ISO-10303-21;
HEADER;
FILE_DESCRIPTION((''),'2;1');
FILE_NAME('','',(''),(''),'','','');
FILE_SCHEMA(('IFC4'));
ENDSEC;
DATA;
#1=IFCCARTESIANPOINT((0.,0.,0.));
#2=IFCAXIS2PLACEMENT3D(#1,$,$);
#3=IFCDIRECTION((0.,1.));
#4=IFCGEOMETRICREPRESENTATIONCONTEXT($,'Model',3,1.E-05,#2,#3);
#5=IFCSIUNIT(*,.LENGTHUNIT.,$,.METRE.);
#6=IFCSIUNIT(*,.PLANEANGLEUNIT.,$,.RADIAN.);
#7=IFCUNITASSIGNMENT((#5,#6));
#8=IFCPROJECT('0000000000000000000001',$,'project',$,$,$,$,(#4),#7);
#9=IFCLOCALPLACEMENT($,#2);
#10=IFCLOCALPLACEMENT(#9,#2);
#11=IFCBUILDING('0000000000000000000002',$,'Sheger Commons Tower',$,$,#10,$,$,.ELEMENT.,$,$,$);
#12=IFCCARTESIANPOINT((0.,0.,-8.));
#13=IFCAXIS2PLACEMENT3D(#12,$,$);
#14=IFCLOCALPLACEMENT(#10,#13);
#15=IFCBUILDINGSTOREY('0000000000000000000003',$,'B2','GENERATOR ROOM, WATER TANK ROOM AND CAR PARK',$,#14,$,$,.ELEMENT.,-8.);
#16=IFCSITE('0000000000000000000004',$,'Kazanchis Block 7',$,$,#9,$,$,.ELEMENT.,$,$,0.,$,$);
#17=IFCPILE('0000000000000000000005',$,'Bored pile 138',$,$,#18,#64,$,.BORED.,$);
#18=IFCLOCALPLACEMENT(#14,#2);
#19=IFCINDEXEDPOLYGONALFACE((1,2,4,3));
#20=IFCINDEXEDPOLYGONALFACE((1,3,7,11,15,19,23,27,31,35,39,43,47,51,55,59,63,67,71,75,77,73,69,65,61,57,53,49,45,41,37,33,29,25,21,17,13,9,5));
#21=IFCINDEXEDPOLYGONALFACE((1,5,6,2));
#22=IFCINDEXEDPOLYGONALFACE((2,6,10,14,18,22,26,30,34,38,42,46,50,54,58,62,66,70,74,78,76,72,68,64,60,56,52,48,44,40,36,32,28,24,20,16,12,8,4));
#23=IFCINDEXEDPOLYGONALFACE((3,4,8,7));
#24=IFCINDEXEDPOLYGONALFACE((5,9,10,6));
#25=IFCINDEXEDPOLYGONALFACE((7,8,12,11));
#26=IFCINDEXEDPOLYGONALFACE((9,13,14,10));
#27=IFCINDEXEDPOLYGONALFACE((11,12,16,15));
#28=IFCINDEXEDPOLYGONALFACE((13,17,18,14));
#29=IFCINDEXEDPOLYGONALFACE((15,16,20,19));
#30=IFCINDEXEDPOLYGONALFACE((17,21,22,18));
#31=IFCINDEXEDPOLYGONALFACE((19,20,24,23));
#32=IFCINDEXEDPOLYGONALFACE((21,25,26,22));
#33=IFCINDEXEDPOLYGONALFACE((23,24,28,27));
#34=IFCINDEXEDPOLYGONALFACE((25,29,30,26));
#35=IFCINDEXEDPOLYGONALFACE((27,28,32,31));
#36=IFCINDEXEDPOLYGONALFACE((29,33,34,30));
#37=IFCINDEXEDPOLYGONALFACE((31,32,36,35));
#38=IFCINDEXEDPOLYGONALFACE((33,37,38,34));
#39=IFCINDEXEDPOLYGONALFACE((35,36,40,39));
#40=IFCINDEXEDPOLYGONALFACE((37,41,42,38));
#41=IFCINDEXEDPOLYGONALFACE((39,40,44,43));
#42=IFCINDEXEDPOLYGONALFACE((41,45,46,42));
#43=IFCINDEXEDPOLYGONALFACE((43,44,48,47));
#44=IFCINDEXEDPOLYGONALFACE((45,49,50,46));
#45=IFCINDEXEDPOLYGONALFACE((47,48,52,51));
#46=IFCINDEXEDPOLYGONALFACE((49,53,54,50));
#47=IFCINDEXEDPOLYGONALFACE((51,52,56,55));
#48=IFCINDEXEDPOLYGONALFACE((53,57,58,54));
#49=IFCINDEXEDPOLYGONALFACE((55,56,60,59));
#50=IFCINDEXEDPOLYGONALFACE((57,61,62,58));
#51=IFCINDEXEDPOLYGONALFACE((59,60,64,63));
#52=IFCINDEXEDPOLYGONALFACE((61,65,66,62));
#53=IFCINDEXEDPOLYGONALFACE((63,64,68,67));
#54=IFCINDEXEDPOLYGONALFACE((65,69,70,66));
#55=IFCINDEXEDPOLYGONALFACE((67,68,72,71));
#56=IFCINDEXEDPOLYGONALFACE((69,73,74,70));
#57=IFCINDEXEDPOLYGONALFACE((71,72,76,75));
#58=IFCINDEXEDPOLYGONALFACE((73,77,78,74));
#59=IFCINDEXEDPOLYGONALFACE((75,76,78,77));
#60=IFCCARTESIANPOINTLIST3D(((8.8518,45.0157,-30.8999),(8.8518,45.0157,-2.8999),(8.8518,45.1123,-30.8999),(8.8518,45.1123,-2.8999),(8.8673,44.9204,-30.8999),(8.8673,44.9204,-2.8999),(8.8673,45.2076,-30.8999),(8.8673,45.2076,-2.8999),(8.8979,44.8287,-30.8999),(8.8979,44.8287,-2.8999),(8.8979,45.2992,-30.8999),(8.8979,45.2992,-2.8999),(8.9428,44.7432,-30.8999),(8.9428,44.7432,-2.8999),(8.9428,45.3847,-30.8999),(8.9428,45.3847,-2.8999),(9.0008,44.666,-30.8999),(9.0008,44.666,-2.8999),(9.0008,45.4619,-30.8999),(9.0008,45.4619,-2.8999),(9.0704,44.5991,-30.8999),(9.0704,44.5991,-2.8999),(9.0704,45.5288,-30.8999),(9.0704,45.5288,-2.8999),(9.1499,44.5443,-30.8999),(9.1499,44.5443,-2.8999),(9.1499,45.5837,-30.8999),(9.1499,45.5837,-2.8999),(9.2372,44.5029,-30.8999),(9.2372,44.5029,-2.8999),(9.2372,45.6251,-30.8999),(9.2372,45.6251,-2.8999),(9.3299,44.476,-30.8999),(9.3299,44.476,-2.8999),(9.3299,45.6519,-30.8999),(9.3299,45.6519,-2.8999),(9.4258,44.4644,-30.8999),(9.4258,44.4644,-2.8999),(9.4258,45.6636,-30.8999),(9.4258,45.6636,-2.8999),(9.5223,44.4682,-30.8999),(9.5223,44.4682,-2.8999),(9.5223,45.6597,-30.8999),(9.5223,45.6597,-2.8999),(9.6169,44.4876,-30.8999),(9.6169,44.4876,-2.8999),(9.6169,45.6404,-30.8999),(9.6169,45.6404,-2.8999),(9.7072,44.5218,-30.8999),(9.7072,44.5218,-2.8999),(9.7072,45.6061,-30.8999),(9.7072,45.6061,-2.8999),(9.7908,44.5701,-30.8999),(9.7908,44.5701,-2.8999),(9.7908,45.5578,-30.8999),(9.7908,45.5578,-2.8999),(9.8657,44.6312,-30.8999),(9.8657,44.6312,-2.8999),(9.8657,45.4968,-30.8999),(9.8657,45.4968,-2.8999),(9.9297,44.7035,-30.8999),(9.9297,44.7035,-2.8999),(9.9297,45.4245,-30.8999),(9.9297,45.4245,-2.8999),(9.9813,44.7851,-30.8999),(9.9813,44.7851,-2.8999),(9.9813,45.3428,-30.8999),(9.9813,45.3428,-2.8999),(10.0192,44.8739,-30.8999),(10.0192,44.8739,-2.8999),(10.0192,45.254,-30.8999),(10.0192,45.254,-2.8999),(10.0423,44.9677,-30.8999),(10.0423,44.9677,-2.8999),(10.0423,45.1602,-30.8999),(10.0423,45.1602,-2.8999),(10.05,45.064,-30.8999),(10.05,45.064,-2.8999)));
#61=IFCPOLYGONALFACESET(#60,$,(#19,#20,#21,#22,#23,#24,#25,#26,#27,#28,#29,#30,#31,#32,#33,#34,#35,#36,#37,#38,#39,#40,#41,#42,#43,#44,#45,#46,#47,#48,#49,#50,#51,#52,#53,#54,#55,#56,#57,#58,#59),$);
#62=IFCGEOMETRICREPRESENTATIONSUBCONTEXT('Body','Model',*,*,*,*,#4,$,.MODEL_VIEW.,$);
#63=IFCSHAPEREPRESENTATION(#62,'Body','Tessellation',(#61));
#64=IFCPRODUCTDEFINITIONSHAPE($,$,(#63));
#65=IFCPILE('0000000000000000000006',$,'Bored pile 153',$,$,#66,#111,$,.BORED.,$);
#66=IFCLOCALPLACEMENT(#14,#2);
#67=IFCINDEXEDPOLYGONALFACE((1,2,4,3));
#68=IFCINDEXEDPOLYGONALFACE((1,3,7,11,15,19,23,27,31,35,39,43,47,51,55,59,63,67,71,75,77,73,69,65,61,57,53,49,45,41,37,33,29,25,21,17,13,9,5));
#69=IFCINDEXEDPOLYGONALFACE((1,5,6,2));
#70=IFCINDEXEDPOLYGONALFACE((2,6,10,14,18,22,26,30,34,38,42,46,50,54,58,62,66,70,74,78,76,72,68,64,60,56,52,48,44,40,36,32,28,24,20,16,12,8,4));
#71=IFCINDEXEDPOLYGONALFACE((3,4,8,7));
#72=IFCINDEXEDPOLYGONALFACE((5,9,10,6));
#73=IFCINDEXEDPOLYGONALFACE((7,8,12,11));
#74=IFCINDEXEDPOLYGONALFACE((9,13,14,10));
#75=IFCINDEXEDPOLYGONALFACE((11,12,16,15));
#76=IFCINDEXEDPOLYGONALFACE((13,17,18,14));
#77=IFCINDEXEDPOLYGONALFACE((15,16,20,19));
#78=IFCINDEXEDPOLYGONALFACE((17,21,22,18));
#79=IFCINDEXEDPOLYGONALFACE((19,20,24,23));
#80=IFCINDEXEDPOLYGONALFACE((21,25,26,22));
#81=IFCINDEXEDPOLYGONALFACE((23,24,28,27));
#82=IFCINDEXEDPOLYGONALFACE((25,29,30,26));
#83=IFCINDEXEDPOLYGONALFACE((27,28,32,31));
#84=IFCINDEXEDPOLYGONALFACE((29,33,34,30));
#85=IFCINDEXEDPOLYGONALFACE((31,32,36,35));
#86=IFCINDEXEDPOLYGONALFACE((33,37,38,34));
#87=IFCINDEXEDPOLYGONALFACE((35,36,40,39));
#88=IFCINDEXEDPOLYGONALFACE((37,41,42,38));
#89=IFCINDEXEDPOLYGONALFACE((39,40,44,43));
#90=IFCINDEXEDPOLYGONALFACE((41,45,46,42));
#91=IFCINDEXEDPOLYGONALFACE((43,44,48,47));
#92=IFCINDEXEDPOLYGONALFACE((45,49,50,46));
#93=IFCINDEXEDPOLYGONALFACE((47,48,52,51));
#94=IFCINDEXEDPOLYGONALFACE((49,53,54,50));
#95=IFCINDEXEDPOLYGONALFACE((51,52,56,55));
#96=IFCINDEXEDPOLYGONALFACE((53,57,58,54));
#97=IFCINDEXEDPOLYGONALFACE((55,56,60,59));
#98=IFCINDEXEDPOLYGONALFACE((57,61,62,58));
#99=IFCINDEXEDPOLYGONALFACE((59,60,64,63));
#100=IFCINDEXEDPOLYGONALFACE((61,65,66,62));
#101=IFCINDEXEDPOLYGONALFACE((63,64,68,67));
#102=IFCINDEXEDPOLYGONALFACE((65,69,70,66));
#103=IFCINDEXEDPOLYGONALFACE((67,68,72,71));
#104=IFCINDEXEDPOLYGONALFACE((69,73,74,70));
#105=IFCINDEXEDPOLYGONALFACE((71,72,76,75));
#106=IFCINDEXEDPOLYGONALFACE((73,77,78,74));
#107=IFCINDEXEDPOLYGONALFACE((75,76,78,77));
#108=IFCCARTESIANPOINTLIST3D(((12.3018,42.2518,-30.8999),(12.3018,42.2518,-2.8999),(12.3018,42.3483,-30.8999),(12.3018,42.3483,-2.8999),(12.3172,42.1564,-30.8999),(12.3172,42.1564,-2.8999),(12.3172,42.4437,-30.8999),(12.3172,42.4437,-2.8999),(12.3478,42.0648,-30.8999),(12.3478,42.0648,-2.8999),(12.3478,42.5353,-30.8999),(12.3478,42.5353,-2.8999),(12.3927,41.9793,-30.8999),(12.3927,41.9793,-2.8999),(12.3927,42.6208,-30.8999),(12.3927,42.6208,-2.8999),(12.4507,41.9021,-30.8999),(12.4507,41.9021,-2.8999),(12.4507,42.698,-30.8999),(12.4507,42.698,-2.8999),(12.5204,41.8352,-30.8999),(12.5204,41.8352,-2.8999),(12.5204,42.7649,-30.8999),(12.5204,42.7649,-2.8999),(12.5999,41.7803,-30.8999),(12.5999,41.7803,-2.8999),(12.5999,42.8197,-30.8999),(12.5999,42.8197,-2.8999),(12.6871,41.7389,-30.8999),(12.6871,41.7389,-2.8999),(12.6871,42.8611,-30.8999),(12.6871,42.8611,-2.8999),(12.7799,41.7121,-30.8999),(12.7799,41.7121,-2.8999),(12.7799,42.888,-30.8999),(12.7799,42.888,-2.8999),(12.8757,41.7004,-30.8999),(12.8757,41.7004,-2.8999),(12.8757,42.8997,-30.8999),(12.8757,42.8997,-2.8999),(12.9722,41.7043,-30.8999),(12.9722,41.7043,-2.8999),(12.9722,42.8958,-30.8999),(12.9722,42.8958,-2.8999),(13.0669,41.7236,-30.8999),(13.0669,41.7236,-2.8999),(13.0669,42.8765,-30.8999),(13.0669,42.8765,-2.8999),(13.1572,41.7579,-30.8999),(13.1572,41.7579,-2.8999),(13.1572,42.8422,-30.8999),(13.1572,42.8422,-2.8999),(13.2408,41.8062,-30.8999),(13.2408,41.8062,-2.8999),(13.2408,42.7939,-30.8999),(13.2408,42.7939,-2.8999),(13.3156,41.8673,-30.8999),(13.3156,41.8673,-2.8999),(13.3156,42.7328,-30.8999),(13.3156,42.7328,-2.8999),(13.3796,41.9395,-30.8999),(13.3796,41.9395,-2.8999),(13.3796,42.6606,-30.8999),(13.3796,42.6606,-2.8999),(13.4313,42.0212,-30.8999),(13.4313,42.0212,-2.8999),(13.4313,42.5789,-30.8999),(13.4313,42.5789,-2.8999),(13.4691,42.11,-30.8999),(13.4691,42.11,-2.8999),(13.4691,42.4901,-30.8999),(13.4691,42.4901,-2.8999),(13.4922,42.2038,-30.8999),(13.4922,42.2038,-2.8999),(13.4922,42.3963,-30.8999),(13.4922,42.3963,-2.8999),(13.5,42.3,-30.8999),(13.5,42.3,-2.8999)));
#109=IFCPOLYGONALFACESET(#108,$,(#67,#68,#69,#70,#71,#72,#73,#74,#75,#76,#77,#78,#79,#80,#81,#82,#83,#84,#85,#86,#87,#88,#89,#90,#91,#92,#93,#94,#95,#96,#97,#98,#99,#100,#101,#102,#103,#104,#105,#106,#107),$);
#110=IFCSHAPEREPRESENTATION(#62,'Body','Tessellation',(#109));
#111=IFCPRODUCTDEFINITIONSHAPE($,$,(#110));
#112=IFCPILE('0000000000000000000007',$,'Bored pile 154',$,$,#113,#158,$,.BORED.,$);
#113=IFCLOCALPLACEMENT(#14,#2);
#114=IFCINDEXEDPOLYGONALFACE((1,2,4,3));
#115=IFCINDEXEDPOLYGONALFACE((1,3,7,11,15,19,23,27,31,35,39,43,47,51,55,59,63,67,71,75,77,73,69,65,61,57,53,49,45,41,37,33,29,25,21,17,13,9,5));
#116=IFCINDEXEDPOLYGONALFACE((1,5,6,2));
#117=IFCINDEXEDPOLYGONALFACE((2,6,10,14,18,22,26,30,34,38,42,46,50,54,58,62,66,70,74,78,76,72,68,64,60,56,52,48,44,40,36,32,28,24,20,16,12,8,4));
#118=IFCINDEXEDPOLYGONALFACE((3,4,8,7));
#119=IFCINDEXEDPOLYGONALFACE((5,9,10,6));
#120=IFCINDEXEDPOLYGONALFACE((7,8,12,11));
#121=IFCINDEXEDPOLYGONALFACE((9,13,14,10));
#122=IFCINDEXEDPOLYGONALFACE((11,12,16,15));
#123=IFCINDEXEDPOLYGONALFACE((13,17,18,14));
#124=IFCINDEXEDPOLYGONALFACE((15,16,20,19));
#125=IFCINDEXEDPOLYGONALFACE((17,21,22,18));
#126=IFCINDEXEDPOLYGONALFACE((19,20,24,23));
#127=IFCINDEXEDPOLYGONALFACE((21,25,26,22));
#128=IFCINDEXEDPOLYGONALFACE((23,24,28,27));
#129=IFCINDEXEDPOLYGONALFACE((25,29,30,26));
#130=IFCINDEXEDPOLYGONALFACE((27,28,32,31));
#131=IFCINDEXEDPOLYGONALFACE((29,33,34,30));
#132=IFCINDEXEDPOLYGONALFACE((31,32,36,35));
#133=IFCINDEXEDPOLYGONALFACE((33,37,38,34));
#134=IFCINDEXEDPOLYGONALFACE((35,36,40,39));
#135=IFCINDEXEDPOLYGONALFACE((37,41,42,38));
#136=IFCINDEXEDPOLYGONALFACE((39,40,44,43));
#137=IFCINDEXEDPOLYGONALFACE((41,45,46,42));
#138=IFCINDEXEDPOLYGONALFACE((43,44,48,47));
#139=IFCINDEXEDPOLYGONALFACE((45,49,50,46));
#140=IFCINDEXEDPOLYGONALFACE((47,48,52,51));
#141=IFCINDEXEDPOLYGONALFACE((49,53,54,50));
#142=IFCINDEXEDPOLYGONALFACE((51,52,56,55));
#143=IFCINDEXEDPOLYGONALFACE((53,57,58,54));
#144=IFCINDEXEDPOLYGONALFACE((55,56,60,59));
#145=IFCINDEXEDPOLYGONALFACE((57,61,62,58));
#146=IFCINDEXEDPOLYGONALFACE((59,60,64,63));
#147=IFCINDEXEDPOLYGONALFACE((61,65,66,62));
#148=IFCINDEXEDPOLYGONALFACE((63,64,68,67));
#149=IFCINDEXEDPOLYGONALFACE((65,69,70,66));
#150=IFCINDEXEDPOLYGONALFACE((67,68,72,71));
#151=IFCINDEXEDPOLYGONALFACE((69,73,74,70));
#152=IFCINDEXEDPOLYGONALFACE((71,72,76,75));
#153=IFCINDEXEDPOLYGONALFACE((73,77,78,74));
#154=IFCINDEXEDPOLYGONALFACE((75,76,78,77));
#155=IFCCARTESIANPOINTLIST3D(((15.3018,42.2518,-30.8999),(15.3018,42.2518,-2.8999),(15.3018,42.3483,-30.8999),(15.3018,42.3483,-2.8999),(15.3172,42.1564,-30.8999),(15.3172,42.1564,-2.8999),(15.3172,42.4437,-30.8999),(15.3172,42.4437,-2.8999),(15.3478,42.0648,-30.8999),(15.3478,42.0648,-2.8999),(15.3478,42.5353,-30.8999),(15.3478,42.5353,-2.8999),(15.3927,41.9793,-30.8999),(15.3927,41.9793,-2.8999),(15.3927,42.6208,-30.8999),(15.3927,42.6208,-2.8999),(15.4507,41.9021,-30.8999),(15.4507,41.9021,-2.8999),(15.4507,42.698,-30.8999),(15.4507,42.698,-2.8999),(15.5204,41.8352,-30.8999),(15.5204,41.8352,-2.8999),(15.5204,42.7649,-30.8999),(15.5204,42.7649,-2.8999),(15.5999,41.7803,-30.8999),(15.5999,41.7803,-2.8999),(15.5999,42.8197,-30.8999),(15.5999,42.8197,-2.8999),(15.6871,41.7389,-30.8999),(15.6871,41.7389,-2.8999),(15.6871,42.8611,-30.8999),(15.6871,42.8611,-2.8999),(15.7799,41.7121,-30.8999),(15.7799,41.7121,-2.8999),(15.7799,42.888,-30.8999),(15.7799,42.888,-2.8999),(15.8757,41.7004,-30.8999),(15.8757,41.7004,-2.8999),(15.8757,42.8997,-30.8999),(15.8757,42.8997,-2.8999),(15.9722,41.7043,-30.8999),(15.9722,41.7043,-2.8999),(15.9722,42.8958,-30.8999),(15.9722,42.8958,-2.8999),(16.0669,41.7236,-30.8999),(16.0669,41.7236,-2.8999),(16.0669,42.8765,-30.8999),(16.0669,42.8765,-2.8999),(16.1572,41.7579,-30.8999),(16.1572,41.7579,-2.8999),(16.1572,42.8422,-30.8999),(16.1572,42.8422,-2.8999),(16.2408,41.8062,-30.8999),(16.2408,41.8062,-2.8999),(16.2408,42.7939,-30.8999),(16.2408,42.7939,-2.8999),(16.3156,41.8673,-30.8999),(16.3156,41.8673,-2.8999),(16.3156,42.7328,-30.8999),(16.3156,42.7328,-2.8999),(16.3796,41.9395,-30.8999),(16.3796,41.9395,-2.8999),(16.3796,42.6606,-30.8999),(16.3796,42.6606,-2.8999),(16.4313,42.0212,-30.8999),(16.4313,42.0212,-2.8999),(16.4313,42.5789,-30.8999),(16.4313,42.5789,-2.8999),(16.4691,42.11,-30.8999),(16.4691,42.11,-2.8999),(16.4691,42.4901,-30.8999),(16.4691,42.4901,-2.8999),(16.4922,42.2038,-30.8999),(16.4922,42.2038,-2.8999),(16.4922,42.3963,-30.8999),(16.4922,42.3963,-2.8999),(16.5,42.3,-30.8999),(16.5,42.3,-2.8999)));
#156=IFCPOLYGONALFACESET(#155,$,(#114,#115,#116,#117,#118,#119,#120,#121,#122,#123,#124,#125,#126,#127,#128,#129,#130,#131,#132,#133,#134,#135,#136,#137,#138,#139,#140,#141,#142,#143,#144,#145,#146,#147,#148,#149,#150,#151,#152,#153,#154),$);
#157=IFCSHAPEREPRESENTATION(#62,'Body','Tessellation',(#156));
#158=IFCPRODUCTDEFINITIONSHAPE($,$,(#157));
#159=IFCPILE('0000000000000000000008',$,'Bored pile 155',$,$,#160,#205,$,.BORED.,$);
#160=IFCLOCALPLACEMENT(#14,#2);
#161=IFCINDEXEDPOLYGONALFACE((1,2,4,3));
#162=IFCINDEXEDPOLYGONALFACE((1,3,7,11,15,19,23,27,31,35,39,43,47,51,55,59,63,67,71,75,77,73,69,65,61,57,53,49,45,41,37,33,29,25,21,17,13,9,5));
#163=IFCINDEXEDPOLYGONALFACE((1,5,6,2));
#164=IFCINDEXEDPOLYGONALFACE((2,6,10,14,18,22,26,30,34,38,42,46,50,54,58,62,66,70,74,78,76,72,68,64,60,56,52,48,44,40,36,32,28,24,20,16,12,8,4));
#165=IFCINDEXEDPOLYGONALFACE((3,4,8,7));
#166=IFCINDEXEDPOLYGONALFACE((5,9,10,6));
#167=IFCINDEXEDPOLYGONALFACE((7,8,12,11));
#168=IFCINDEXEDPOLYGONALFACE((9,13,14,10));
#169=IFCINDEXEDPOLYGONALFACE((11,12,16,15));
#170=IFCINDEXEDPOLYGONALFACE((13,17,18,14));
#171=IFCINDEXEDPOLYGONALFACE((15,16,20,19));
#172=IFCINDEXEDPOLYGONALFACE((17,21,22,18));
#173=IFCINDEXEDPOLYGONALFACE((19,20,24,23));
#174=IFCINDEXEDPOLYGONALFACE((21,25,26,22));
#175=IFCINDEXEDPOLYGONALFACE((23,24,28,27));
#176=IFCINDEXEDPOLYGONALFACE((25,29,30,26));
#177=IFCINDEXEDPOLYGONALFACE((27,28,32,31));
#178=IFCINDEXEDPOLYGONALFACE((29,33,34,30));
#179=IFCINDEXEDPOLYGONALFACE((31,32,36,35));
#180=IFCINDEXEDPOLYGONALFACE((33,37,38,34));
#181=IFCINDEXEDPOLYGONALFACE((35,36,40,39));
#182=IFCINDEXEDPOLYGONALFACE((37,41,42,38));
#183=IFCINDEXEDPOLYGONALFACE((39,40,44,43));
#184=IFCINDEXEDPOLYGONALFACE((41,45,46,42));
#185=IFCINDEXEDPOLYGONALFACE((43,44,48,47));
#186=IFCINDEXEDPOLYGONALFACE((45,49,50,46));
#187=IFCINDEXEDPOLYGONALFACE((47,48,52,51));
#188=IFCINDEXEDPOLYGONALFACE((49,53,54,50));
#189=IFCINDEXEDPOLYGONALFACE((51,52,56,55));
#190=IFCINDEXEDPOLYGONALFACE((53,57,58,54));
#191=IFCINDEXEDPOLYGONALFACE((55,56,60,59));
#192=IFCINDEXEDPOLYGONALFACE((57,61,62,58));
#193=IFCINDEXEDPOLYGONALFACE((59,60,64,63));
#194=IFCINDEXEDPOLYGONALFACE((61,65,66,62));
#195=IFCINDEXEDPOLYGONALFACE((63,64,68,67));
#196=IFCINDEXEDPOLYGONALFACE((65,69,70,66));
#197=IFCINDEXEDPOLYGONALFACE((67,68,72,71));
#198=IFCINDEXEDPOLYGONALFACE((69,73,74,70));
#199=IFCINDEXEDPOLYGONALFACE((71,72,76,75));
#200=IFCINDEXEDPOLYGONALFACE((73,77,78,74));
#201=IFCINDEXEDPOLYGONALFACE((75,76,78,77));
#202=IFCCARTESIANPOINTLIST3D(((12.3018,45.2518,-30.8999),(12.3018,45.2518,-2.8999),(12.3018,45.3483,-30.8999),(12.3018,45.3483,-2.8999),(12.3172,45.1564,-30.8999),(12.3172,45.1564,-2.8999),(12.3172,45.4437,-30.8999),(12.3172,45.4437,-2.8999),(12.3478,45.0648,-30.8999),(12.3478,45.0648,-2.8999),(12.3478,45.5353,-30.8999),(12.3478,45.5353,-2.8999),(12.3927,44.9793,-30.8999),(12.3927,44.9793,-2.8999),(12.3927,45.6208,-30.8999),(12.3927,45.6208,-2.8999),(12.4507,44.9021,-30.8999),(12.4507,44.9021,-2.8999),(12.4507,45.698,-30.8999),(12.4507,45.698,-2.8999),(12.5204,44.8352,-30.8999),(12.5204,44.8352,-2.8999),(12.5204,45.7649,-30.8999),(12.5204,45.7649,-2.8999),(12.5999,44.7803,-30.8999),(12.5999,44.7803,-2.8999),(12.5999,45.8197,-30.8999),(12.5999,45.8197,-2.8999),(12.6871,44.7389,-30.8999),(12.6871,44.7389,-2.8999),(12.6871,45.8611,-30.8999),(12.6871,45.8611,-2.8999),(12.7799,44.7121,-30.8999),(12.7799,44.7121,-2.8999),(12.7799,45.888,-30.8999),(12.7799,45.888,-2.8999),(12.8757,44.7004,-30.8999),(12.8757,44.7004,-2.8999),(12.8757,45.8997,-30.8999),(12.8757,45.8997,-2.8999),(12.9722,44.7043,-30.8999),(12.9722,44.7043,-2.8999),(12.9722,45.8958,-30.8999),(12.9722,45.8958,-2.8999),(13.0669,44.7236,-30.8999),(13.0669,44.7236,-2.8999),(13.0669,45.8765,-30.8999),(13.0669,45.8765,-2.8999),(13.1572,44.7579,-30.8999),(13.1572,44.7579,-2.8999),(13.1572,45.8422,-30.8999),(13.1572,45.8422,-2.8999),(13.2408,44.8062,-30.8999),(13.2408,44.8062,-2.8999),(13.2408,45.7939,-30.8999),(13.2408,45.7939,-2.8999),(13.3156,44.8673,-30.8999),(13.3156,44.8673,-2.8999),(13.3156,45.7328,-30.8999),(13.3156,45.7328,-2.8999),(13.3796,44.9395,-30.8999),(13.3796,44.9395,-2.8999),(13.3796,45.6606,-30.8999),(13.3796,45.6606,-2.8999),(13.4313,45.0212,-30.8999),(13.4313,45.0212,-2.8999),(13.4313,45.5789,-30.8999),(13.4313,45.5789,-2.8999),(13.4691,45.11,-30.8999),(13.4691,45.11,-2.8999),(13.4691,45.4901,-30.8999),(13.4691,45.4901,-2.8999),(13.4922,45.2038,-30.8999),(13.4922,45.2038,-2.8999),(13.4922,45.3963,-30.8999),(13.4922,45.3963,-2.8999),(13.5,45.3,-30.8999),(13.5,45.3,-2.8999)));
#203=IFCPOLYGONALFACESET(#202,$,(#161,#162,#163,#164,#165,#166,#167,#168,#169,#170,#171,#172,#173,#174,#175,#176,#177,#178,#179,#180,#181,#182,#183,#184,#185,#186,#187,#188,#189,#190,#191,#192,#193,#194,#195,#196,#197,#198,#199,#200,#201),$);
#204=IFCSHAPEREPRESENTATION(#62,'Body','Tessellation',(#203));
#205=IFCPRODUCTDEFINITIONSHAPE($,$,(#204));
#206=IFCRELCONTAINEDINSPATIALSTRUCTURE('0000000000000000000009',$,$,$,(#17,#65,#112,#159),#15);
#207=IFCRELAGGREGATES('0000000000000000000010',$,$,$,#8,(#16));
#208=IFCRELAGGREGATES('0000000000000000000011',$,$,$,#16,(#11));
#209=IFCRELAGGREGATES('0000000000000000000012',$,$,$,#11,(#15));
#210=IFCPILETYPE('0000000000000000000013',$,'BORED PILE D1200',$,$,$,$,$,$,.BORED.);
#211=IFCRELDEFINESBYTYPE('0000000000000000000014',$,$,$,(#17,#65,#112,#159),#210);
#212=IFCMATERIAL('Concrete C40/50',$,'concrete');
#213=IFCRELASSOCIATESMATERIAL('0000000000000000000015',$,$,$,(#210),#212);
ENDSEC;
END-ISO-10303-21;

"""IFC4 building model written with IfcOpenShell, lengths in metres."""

from ifc_helpers import new_model, si_unit, direction, frame, origin, origin_2d, place, context, subcontext, project, spatial, circle, extrude, material, material_profile, profile_set, type_object, element, save


model = new_model("IFC4")

# Units and contexts
model_context = context("Model", 3, precision=1e-05, world=origin(), true_north=direction((0.0, 1.0)))
body_context = subcontext(model_context, "Body", "Model", "MODEL_VIEW")
ifc_project = project(units=[si_unit("LENGTHUNIT", "METRE"), si_unit("PLANEANGLEUNIT", "RADIAN")], contexts=[model_context])

# Site, building, storey
site_placement = place(None, origin())
site = spatial("IfcSite", under=ifc_project, at=site_placement, Name="Kazanchis Block 7", CompositionType="ELEMENT", RefElevation=0.0)
building_placement = place(site_placement, origin())
building = spatial("IfcBuilding", under=site, at=building_placement, Name="Sheger Commons Tower", CompositionType="ELEMENT")
storey_placement = place(building_placement, frame((0.0, 0.0, -8.0)))
storey = spatial("IfcBuildingStorey", under=building, at=storey_placement, Name="B2", Description="GENERATOR ROOM, WATER TANK ROOM AND CAR PARK", CompositionType="ELEMENT", Elevation=-8.0)

# Piles
ifc_material_1 = material(Name="Concrete C40/50", Category="concrete")
ifc_material_profile_1 = material_profile(ifc_material_1, circle(Radius=0.6001, at=origin_2d()), Name="PILE D1200")
ifc_profile_set_1 = profile_set([ifc_material_profile_1], Name="Concrete C40/50")
pile_type_1 = type_object("IfcPileType", Name="BORED PILE D1200", PredefinedType="BORED", material=ifc_profile_set_1)
for number, where, z_axis, x_axis, name in (
    (1, (9.45, 45.064, -2.8999), (0.0, 0.0, -1.0), (1.0, 0.0, 0.0), "Bored pile 138"),
    (2, (12.8999, 42.3, -2.8999), (0.0, 0.0, -1.0), (1.0, 0.0, 0.0), "Bored pile 153"),
    (3, (15.8999, 42.3, -2.8999), (0.0, 0.0, -1.0), (1.0, 0.0, 0.0), "Bored pile 154"),
    (4, (12.8999, 45.3, -2.8999), (0.0, 0.0, -1.0), (1.0, 0.0, 0.0), "Bored pile 155"),
):
    element("IfcPile", number, at=place(storey_placement, frame(where, z_axis=z_axis, x_axis=x_axis)), inside=storey, type_object=pile_type_1, Name=name, PredefinedType="BORED", context=body_context, shape_type="SweptSolid", body=[
        extrude(circle(Radius=0.6001, at=origin_2d()), origin(), (0.0, 0.0, 1.0), 28.0),
    ])

save(model, "model.ifc")
